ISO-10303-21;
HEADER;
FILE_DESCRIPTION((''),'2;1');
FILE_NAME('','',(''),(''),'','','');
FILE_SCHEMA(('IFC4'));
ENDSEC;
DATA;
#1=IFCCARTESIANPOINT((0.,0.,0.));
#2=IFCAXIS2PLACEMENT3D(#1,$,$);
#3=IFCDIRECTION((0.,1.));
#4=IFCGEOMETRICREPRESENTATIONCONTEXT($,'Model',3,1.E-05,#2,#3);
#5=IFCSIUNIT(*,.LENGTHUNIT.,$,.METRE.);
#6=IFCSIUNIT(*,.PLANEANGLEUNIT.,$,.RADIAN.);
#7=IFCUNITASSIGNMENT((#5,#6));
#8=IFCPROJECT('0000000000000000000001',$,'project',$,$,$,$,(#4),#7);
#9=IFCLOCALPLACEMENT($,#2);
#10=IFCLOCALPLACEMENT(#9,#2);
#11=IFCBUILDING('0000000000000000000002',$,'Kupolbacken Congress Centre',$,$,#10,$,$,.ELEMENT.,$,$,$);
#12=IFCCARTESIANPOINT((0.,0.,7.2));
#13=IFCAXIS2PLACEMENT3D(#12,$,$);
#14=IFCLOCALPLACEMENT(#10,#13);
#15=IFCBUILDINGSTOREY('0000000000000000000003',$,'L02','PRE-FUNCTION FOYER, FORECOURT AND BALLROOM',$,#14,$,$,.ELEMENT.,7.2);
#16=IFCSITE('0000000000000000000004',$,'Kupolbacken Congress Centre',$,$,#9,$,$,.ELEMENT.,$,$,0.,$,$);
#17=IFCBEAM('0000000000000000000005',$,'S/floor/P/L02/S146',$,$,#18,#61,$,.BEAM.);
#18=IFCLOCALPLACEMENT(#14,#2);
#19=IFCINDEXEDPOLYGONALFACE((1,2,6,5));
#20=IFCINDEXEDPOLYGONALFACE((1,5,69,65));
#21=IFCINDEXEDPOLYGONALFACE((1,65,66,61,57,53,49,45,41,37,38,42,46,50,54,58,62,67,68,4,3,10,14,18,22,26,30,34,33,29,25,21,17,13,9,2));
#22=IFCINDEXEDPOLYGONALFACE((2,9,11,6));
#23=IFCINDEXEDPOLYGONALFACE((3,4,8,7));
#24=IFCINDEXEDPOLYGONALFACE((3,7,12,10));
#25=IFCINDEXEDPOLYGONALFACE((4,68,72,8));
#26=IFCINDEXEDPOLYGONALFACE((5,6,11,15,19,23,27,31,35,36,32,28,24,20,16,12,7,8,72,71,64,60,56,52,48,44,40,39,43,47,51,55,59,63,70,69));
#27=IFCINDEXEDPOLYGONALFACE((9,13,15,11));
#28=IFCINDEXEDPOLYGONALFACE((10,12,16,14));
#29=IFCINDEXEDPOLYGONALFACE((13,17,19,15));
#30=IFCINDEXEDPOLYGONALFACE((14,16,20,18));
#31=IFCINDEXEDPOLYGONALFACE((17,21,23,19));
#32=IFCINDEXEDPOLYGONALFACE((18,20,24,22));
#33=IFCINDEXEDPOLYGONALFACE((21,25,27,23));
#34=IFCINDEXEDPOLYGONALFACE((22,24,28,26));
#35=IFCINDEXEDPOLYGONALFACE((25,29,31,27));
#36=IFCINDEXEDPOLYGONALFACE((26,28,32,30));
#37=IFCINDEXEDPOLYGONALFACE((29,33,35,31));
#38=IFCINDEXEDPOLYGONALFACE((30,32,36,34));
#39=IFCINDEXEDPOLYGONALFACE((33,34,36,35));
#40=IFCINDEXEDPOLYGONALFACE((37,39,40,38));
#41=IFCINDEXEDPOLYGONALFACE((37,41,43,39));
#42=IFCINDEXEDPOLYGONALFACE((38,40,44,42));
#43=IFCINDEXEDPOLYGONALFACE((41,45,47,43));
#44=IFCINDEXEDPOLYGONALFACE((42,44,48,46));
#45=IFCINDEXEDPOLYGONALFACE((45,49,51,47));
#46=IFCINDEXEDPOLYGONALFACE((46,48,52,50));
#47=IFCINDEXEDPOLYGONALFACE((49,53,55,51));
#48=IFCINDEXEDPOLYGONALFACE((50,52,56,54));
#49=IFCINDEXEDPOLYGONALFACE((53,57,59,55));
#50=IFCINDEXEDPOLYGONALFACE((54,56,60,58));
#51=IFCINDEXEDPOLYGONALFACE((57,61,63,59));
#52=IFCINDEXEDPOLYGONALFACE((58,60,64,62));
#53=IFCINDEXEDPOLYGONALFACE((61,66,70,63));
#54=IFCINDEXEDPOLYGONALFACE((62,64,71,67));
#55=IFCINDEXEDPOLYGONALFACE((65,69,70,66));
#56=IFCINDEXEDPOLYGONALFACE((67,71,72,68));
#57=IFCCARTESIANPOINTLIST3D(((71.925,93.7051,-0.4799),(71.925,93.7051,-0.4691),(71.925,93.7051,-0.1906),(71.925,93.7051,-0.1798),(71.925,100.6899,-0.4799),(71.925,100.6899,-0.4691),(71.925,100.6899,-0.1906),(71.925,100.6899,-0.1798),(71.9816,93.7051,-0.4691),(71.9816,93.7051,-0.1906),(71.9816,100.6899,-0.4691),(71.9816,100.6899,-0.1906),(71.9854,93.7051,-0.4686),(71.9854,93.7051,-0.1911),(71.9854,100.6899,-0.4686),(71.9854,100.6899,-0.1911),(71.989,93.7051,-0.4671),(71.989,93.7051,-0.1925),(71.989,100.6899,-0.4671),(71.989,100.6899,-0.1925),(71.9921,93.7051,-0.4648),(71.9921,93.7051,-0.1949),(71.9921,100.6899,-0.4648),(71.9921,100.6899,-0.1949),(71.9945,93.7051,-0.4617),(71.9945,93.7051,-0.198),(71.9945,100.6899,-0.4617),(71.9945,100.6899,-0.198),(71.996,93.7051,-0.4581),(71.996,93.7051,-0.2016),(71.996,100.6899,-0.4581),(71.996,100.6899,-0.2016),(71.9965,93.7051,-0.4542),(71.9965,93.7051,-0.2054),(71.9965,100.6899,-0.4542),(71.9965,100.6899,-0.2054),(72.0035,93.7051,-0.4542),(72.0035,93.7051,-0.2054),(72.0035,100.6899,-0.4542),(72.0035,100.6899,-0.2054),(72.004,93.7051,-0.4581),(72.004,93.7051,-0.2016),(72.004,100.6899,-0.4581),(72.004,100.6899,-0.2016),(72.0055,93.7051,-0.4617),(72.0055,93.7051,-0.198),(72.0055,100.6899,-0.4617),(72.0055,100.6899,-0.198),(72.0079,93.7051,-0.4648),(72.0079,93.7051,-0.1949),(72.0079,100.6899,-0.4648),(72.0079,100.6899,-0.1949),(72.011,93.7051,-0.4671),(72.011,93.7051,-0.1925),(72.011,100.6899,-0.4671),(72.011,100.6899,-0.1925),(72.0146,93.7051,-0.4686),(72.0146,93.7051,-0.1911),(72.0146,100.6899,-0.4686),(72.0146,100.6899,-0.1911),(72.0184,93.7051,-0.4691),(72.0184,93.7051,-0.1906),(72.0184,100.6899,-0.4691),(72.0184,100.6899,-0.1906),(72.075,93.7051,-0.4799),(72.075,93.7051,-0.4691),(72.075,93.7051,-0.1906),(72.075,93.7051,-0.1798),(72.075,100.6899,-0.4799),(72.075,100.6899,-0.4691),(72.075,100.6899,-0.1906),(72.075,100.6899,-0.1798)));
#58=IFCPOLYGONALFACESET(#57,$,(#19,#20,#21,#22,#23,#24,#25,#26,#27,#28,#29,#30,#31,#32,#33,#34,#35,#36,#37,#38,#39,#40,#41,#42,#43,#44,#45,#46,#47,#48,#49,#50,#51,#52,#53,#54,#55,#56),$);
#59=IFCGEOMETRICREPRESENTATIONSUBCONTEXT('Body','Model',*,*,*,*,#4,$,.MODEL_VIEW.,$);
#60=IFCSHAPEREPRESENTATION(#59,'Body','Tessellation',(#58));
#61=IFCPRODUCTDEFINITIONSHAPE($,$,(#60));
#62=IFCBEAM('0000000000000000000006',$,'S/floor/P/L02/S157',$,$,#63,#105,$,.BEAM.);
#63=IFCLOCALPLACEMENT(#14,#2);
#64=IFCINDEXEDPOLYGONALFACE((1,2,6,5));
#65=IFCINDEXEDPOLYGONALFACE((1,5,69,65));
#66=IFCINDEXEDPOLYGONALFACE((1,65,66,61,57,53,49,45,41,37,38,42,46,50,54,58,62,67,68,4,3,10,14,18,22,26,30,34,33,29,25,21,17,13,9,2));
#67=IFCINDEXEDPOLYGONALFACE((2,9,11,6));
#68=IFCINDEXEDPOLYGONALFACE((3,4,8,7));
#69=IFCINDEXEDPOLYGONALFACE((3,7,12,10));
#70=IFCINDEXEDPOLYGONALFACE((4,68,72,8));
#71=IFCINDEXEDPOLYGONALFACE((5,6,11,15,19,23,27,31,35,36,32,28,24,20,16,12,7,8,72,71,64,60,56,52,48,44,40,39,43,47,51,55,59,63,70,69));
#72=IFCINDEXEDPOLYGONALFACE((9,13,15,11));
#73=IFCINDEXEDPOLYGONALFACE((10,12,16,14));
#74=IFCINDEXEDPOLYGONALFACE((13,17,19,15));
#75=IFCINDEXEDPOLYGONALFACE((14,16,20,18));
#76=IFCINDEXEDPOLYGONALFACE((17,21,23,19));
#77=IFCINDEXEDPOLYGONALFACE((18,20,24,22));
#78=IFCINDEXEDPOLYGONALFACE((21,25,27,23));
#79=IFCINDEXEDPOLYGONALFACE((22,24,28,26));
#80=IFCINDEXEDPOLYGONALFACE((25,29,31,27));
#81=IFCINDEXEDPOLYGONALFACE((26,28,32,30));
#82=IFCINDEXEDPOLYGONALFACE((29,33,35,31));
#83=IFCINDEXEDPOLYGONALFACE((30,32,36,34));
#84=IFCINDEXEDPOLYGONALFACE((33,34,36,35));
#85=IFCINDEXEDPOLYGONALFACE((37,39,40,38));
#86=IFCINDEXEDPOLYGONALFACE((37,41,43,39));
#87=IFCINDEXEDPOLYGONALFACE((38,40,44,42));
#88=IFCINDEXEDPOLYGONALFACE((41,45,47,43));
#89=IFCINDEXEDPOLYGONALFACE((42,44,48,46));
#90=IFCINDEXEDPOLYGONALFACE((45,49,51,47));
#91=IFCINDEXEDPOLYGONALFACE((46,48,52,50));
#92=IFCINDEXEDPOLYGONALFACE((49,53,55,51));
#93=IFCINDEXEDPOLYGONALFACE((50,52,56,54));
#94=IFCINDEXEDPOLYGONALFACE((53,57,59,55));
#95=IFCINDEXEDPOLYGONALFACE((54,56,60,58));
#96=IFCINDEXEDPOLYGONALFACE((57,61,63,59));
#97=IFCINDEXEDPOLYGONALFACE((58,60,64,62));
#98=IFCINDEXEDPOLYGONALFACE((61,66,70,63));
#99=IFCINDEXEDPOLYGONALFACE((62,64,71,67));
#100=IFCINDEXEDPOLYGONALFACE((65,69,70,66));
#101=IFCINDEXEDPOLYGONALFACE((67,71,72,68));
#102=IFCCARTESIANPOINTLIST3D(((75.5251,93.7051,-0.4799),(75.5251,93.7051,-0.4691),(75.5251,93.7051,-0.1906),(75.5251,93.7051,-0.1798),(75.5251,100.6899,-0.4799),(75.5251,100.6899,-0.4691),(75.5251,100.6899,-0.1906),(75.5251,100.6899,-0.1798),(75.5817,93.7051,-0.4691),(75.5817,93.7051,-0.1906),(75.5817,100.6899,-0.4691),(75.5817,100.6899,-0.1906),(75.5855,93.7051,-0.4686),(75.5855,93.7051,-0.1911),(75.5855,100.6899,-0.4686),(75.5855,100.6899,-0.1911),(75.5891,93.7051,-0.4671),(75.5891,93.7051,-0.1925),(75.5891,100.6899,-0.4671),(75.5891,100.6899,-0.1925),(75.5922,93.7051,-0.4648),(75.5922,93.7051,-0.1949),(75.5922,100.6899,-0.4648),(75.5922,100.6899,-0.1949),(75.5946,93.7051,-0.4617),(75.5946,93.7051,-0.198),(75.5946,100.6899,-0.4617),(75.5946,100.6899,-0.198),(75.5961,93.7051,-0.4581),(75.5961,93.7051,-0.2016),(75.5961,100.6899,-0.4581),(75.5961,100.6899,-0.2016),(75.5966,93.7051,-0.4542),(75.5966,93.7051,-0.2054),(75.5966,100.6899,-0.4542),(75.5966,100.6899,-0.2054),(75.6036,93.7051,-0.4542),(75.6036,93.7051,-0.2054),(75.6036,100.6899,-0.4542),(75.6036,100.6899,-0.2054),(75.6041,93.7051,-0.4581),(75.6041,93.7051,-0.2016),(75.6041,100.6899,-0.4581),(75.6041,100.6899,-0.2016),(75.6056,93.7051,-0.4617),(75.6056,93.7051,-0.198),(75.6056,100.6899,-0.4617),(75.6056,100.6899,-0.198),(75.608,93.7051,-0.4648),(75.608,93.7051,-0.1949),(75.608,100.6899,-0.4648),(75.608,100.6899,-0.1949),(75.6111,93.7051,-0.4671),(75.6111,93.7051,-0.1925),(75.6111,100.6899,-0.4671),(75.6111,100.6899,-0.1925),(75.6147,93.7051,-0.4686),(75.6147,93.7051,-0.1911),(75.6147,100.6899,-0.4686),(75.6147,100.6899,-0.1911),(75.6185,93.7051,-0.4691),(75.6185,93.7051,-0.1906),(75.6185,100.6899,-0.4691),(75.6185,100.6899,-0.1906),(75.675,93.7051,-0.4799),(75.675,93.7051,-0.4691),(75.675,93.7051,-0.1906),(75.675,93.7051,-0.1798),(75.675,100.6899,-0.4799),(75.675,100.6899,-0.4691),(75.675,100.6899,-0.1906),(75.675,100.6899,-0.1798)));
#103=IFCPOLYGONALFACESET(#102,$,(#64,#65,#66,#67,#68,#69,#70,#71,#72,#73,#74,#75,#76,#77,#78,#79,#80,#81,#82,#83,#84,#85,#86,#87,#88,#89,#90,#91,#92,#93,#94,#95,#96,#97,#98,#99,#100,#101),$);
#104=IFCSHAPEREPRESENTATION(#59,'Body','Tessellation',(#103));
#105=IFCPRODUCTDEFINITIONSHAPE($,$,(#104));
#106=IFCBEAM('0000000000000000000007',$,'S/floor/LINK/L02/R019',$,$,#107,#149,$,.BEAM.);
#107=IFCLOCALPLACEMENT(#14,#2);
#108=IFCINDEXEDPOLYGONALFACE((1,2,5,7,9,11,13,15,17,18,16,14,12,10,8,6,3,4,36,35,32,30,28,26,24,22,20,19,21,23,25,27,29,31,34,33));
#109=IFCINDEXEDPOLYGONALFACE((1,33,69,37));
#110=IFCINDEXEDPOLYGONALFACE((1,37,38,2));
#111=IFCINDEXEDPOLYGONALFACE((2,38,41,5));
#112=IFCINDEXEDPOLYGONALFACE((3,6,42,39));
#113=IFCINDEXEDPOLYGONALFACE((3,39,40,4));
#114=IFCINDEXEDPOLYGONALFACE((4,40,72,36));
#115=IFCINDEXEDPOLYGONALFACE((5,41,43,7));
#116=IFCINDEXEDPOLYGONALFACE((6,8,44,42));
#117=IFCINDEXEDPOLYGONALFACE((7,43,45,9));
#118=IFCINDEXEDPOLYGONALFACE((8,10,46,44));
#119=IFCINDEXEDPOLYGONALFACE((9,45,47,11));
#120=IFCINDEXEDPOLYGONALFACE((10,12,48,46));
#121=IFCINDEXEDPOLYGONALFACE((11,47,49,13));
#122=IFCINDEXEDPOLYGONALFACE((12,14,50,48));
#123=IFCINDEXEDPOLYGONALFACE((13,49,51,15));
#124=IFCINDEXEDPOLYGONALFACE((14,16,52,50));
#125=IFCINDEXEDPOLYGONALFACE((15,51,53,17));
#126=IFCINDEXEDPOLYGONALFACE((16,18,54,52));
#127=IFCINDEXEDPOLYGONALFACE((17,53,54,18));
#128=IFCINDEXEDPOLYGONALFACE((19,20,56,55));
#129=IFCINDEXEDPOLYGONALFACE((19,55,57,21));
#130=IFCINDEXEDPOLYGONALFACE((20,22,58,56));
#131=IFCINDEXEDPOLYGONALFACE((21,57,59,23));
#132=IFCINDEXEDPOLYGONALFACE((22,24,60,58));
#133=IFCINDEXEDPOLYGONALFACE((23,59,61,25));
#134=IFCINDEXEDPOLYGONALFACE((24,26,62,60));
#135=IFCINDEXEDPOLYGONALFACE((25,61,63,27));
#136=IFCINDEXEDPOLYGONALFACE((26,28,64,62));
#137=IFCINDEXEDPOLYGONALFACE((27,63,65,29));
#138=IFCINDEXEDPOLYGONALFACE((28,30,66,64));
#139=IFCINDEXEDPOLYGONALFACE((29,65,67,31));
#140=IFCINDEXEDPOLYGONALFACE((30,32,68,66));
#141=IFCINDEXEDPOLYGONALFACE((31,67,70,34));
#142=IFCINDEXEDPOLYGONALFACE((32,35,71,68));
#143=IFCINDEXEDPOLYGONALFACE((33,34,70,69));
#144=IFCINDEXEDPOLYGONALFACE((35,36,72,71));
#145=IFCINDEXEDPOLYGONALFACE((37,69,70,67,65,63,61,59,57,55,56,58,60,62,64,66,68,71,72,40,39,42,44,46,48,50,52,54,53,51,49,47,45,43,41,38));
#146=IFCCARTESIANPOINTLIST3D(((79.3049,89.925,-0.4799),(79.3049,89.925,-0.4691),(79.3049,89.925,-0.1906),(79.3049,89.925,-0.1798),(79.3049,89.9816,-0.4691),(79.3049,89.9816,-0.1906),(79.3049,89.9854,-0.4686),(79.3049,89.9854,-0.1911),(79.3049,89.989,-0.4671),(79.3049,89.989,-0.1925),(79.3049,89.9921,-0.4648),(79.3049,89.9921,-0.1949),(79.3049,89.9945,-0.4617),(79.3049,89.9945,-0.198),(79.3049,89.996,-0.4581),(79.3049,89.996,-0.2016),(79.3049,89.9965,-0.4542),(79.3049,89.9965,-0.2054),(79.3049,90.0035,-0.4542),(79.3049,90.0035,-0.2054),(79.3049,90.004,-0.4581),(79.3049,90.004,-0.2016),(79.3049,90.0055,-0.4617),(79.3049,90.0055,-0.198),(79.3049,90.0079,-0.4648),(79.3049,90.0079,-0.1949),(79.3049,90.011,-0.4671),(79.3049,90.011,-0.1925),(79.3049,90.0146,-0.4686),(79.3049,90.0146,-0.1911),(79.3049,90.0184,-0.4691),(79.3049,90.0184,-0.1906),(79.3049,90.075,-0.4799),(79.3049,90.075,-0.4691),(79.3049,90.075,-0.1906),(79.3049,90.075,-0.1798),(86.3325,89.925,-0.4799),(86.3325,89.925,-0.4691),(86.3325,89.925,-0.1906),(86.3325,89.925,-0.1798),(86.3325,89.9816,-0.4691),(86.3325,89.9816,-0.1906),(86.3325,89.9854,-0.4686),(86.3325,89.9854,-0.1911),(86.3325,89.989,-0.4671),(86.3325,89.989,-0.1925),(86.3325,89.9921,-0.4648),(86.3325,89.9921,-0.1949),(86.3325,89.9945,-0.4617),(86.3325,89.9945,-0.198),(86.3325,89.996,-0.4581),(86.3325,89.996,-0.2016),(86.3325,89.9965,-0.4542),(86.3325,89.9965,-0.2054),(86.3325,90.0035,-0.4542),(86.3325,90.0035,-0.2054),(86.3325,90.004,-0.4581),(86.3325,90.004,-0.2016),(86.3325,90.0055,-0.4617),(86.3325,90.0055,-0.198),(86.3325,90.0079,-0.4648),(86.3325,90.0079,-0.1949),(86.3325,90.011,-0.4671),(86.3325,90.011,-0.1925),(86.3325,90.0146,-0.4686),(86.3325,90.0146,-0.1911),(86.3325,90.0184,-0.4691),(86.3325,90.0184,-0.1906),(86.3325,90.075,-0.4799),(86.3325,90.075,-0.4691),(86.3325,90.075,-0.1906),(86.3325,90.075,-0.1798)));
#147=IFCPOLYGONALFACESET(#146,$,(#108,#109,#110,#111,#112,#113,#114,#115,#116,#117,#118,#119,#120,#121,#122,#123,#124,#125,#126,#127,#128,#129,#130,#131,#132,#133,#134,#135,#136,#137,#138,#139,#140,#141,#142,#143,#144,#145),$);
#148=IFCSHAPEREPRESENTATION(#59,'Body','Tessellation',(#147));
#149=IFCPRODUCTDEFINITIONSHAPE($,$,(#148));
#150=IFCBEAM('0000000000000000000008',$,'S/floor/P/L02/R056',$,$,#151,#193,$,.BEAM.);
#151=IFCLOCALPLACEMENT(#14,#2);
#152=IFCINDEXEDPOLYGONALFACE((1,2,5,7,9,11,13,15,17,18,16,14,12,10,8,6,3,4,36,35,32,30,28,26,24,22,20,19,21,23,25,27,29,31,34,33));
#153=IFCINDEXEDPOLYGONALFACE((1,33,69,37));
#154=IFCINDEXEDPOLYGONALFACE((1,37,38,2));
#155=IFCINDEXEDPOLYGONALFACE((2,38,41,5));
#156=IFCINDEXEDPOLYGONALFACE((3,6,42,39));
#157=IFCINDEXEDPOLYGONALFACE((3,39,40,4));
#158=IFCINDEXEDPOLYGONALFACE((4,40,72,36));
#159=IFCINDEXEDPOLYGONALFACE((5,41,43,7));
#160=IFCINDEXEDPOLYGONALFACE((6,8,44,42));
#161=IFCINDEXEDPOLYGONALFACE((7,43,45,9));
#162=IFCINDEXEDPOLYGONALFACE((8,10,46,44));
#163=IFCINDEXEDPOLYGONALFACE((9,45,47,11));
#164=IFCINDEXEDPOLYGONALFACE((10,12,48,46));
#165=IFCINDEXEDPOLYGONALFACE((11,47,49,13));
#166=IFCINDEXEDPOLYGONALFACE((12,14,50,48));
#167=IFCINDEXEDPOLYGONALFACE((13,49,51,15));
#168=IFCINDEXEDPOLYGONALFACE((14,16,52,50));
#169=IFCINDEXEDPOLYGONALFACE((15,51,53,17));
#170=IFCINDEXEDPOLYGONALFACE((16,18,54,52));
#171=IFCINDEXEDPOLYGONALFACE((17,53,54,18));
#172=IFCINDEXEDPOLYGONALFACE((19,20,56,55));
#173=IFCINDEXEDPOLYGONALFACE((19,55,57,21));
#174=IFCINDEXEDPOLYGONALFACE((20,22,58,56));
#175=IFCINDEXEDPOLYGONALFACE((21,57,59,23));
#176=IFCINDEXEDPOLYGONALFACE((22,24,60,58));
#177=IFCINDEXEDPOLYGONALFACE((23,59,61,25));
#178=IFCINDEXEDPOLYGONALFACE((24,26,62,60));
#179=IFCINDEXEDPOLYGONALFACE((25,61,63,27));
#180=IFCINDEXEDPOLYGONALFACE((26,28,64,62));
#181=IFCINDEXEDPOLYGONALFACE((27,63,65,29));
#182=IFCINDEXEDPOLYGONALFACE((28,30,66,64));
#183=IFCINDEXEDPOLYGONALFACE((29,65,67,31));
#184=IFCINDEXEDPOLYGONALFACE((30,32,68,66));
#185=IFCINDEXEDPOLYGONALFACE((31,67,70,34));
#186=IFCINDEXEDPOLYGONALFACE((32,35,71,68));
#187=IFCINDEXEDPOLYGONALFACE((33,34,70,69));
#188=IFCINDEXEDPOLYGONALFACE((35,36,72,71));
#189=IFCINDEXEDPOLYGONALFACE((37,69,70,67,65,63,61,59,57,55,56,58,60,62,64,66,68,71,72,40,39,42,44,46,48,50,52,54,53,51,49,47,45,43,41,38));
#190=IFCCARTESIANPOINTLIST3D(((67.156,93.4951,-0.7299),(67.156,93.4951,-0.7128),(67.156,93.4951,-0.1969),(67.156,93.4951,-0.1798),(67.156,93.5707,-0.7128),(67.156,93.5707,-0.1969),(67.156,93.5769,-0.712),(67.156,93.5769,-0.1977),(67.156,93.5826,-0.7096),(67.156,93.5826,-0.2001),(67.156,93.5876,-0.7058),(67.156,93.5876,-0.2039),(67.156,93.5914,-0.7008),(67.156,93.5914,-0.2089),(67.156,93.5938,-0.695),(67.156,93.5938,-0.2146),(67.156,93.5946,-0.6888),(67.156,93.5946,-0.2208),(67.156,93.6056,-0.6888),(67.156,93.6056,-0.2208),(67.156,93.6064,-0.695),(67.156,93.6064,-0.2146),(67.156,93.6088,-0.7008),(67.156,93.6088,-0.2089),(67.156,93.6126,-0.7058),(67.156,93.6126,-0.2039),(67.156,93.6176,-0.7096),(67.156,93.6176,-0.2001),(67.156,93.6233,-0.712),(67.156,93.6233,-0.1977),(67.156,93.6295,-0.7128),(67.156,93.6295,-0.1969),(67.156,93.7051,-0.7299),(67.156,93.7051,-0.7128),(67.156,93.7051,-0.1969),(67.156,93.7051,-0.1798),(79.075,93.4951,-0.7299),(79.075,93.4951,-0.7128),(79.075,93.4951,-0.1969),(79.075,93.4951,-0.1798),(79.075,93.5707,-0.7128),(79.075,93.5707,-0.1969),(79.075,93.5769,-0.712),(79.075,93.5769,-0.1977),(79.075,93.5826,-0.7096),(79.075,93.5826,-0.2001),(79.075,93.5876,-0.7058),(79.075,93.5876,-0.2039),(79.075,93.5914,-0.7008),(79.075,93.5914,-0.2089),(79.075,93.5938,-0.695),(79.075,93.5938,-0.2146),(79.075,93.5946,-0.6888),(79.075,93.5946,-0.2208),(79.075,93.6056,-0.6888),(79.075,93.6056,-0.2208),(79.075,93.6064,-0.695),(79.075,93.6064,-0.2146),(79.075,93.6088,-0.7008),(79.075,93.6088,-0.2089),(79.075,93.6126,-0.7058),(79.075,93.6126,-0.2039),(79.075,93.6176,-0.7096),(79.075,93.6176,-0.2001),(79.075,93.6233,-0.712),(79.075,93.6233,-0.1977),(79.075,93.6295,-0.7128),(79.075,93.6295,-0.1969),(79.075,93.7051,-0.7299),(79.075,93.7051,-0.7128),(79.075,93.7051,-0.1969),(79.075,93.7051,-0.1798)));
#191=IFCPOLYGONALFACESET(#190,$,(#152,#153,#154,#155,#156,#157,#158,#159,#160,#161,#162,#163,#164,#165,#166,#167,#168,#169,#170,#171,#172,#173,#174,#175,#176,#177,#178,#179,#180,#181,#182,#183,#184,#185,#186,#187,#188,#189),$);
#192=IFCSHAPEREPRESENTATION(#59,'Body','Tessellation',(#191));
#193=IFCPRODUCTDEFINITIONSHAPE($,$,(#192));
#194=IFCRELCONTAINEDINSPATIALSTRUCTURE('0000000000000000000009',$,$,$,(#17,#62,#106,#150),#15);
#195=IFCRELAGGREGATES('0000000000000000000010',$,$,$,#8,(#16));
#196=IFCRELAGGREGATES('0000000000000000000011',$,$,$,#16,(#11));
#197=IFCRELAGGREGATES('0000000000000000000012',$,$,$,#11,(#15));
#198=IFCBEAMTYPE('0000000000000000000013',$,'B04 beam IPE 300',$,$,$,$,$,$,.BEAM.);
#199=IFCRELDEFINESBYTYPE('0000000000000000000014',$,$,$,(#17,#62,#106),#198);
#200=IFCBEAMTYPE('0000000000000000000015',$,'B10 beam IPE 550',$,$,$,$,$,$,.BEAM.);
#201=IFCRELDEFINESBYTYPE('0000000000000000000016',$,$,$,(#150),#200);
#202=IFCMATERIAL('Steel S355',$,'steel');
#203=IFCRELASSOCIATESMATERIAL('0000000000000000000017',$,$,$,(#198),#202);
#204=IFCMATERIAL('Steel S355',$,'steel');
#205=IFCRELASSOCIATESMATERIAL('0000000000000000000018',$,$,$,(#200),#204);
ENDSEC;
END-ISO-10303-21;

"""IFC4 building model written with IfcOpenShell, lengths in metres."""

from ifc_helpers import new_model, si_unit, direction, frame, origin, origin_2d, place, context, subcontext, project, spatial, i_section, extrude, material, material_profile, profile_set, type_object, element, save


model = new_model("IFC4")

# Units and contexts
model_context = context("Model", 3, precision=1e-05, world=origin(), true_north=direction((0.0, 1.0)))
body_context = subcontext(model_context, "Body", "Model", "MODEL_VIEW")
ifc_project = project(units=[si_unit("LENGTHUNIT", "METRE"), si_unit("PLANEANGLEUNIT", "RADIAN")], contexts=[model_context])

# Site, building, storey
site_placement = place(None, origin())
site = spatial("IfcSite", under=ifc_project, at=site_placement, Name="Kupolbacken Congress Centre", CompositionType="ELEMENT", RefElevation=0.0)
building_placement = place(site_placement, origin())
building = spatial("IfcBuilding", under=site, at=building_placement, Name="Kupolbacken Congress Centre", CompositionType="ELEMENT")
storey_placement = place(building_placement, frame((0.0, 0.0, 7.2)))
storey = spatial("IfcBuildingStorey", under=building, at=storey_placement, Name="L02", Description="PRE-FUNCTION FOYER, FORECOURT AND BALLROOM", CompositionType="ELEMENT", Elevation=7.2)

# Beams
ifc_material_1 = material(Name="Steel S355", Category="steel")
ifc_material_profile_1 = material_profile(ifc_material_1, i_section(OverallWidth=0.1499, OverallDepth=0.3, WebThickness=0.0071, FlangeThickness=0.0107, FilletRadius=0.0149, at=origin_2d()), Name="IPE 300")
ifc_profile_set_1 = profile_set([ifc_material_profile_1], Name="Steel S355")
beam_type_1 = type_object("IfcBeamType", Name="B04 beam IPE 300", PredefinedType="BEAM", material=ifc_profile_set_1)
for number, where, z_axis, x_axis, name in (
    (1, (72.0, 93.7051, -0.3298), (0.0, 1.0, 0.0), (-1.0, 0.0, 0.0), "S/floor/P/L02/S146"),
    (2, (75.6001, 93.7051, -0.3298), (0.0, 1.0, 0.0), (-1.0, 0.0, 0.0), "S/floor/P/L02/S157"),
):
    element("IfcBeam", number, at=place(storey_placement, frame(where, z_axis=z_axis, x_axis=x_axis)), inside=storey, type_object=beam_type_1, Name=name, PredefinedType="BEAM", context=body_context, shape_type="SweptSolid", body=[
        extrude(i_section(OverallWidth=0.1499, OverallDepth=0.3, WebThickness=0.0071, FlangeThickness=0.0107, FilletRadius=0.0149, at=origin_2d()), origin(), (0.0, 0.0, 1.0), 6.9849),
    ])
beam_1_placement = place(storey_placement, frame((79.3049, 90.0, -0.3298), z_axis=(1.0, 0.0, 0.0), x_axis=(0.0, 1.0, 0.0)))
element("IfcBeam", 3, at=beam_1_placement, inside=storey, type_object=beam_type_1, Name="S/floor/LINK/L02/R019", PredefinedType="BEAM", context=body_context, shape_type="SweptSolid", body=[
    extrude(i_section(OverallWidth=0.1499, OverallDepth=0.3, WebThickness=0.0071, FlangeThickness=0.0107, FilletRadius=0.0149, at=origin_2d()), origin(), (0.0, 0.0, 1.0), 7.0276),
])
ifc_material_2 = material(Name="Steel S355", Category="steel")
ifc_material_profile_2 = material_profile(ifc_material_2, i_section(OverallWidth=0.21, OverallDepth=0.55, WebThickness=0.011, FlangeThickness=0.0171, FilletRadius=0.0239, at=origin_2d()), Name="IPE 550")
ifc_profile_set_2 = profile_set([ifc_material_profile_2], Name="Steel S355")
beam_type_2 = type_object("IfcBeamType", Name="B10 beam IPE 550", PredefinedType="BEAM", material=ifc_profile_set_2)
beam_2_placement = place(storey_placement, frame((67.156, 93.6001, -0.4548), z_axis=(1.0, 0.0, 0.0), x_axis=(0.0, 1.0, 0.0)))
element("IfcBeam", 4, at=beam_2_placement, inside=storey, type_object=beam_type_2, Name="S/floor/P/L02/R056", PredefinedType="BEAM", context=body_context, shape_type="SweptSolid", body=[
    extrude(i_section(OverallWidth=0.21, OverallDepth=0.55, WebThickness=0.011, FlangeThickness=0.0171, FilletRadius=0.0239, at=origin_2d()), origin(), (0.0, 0.0, 1.0), 11.9189),
])

save(model, "model.ifc")
